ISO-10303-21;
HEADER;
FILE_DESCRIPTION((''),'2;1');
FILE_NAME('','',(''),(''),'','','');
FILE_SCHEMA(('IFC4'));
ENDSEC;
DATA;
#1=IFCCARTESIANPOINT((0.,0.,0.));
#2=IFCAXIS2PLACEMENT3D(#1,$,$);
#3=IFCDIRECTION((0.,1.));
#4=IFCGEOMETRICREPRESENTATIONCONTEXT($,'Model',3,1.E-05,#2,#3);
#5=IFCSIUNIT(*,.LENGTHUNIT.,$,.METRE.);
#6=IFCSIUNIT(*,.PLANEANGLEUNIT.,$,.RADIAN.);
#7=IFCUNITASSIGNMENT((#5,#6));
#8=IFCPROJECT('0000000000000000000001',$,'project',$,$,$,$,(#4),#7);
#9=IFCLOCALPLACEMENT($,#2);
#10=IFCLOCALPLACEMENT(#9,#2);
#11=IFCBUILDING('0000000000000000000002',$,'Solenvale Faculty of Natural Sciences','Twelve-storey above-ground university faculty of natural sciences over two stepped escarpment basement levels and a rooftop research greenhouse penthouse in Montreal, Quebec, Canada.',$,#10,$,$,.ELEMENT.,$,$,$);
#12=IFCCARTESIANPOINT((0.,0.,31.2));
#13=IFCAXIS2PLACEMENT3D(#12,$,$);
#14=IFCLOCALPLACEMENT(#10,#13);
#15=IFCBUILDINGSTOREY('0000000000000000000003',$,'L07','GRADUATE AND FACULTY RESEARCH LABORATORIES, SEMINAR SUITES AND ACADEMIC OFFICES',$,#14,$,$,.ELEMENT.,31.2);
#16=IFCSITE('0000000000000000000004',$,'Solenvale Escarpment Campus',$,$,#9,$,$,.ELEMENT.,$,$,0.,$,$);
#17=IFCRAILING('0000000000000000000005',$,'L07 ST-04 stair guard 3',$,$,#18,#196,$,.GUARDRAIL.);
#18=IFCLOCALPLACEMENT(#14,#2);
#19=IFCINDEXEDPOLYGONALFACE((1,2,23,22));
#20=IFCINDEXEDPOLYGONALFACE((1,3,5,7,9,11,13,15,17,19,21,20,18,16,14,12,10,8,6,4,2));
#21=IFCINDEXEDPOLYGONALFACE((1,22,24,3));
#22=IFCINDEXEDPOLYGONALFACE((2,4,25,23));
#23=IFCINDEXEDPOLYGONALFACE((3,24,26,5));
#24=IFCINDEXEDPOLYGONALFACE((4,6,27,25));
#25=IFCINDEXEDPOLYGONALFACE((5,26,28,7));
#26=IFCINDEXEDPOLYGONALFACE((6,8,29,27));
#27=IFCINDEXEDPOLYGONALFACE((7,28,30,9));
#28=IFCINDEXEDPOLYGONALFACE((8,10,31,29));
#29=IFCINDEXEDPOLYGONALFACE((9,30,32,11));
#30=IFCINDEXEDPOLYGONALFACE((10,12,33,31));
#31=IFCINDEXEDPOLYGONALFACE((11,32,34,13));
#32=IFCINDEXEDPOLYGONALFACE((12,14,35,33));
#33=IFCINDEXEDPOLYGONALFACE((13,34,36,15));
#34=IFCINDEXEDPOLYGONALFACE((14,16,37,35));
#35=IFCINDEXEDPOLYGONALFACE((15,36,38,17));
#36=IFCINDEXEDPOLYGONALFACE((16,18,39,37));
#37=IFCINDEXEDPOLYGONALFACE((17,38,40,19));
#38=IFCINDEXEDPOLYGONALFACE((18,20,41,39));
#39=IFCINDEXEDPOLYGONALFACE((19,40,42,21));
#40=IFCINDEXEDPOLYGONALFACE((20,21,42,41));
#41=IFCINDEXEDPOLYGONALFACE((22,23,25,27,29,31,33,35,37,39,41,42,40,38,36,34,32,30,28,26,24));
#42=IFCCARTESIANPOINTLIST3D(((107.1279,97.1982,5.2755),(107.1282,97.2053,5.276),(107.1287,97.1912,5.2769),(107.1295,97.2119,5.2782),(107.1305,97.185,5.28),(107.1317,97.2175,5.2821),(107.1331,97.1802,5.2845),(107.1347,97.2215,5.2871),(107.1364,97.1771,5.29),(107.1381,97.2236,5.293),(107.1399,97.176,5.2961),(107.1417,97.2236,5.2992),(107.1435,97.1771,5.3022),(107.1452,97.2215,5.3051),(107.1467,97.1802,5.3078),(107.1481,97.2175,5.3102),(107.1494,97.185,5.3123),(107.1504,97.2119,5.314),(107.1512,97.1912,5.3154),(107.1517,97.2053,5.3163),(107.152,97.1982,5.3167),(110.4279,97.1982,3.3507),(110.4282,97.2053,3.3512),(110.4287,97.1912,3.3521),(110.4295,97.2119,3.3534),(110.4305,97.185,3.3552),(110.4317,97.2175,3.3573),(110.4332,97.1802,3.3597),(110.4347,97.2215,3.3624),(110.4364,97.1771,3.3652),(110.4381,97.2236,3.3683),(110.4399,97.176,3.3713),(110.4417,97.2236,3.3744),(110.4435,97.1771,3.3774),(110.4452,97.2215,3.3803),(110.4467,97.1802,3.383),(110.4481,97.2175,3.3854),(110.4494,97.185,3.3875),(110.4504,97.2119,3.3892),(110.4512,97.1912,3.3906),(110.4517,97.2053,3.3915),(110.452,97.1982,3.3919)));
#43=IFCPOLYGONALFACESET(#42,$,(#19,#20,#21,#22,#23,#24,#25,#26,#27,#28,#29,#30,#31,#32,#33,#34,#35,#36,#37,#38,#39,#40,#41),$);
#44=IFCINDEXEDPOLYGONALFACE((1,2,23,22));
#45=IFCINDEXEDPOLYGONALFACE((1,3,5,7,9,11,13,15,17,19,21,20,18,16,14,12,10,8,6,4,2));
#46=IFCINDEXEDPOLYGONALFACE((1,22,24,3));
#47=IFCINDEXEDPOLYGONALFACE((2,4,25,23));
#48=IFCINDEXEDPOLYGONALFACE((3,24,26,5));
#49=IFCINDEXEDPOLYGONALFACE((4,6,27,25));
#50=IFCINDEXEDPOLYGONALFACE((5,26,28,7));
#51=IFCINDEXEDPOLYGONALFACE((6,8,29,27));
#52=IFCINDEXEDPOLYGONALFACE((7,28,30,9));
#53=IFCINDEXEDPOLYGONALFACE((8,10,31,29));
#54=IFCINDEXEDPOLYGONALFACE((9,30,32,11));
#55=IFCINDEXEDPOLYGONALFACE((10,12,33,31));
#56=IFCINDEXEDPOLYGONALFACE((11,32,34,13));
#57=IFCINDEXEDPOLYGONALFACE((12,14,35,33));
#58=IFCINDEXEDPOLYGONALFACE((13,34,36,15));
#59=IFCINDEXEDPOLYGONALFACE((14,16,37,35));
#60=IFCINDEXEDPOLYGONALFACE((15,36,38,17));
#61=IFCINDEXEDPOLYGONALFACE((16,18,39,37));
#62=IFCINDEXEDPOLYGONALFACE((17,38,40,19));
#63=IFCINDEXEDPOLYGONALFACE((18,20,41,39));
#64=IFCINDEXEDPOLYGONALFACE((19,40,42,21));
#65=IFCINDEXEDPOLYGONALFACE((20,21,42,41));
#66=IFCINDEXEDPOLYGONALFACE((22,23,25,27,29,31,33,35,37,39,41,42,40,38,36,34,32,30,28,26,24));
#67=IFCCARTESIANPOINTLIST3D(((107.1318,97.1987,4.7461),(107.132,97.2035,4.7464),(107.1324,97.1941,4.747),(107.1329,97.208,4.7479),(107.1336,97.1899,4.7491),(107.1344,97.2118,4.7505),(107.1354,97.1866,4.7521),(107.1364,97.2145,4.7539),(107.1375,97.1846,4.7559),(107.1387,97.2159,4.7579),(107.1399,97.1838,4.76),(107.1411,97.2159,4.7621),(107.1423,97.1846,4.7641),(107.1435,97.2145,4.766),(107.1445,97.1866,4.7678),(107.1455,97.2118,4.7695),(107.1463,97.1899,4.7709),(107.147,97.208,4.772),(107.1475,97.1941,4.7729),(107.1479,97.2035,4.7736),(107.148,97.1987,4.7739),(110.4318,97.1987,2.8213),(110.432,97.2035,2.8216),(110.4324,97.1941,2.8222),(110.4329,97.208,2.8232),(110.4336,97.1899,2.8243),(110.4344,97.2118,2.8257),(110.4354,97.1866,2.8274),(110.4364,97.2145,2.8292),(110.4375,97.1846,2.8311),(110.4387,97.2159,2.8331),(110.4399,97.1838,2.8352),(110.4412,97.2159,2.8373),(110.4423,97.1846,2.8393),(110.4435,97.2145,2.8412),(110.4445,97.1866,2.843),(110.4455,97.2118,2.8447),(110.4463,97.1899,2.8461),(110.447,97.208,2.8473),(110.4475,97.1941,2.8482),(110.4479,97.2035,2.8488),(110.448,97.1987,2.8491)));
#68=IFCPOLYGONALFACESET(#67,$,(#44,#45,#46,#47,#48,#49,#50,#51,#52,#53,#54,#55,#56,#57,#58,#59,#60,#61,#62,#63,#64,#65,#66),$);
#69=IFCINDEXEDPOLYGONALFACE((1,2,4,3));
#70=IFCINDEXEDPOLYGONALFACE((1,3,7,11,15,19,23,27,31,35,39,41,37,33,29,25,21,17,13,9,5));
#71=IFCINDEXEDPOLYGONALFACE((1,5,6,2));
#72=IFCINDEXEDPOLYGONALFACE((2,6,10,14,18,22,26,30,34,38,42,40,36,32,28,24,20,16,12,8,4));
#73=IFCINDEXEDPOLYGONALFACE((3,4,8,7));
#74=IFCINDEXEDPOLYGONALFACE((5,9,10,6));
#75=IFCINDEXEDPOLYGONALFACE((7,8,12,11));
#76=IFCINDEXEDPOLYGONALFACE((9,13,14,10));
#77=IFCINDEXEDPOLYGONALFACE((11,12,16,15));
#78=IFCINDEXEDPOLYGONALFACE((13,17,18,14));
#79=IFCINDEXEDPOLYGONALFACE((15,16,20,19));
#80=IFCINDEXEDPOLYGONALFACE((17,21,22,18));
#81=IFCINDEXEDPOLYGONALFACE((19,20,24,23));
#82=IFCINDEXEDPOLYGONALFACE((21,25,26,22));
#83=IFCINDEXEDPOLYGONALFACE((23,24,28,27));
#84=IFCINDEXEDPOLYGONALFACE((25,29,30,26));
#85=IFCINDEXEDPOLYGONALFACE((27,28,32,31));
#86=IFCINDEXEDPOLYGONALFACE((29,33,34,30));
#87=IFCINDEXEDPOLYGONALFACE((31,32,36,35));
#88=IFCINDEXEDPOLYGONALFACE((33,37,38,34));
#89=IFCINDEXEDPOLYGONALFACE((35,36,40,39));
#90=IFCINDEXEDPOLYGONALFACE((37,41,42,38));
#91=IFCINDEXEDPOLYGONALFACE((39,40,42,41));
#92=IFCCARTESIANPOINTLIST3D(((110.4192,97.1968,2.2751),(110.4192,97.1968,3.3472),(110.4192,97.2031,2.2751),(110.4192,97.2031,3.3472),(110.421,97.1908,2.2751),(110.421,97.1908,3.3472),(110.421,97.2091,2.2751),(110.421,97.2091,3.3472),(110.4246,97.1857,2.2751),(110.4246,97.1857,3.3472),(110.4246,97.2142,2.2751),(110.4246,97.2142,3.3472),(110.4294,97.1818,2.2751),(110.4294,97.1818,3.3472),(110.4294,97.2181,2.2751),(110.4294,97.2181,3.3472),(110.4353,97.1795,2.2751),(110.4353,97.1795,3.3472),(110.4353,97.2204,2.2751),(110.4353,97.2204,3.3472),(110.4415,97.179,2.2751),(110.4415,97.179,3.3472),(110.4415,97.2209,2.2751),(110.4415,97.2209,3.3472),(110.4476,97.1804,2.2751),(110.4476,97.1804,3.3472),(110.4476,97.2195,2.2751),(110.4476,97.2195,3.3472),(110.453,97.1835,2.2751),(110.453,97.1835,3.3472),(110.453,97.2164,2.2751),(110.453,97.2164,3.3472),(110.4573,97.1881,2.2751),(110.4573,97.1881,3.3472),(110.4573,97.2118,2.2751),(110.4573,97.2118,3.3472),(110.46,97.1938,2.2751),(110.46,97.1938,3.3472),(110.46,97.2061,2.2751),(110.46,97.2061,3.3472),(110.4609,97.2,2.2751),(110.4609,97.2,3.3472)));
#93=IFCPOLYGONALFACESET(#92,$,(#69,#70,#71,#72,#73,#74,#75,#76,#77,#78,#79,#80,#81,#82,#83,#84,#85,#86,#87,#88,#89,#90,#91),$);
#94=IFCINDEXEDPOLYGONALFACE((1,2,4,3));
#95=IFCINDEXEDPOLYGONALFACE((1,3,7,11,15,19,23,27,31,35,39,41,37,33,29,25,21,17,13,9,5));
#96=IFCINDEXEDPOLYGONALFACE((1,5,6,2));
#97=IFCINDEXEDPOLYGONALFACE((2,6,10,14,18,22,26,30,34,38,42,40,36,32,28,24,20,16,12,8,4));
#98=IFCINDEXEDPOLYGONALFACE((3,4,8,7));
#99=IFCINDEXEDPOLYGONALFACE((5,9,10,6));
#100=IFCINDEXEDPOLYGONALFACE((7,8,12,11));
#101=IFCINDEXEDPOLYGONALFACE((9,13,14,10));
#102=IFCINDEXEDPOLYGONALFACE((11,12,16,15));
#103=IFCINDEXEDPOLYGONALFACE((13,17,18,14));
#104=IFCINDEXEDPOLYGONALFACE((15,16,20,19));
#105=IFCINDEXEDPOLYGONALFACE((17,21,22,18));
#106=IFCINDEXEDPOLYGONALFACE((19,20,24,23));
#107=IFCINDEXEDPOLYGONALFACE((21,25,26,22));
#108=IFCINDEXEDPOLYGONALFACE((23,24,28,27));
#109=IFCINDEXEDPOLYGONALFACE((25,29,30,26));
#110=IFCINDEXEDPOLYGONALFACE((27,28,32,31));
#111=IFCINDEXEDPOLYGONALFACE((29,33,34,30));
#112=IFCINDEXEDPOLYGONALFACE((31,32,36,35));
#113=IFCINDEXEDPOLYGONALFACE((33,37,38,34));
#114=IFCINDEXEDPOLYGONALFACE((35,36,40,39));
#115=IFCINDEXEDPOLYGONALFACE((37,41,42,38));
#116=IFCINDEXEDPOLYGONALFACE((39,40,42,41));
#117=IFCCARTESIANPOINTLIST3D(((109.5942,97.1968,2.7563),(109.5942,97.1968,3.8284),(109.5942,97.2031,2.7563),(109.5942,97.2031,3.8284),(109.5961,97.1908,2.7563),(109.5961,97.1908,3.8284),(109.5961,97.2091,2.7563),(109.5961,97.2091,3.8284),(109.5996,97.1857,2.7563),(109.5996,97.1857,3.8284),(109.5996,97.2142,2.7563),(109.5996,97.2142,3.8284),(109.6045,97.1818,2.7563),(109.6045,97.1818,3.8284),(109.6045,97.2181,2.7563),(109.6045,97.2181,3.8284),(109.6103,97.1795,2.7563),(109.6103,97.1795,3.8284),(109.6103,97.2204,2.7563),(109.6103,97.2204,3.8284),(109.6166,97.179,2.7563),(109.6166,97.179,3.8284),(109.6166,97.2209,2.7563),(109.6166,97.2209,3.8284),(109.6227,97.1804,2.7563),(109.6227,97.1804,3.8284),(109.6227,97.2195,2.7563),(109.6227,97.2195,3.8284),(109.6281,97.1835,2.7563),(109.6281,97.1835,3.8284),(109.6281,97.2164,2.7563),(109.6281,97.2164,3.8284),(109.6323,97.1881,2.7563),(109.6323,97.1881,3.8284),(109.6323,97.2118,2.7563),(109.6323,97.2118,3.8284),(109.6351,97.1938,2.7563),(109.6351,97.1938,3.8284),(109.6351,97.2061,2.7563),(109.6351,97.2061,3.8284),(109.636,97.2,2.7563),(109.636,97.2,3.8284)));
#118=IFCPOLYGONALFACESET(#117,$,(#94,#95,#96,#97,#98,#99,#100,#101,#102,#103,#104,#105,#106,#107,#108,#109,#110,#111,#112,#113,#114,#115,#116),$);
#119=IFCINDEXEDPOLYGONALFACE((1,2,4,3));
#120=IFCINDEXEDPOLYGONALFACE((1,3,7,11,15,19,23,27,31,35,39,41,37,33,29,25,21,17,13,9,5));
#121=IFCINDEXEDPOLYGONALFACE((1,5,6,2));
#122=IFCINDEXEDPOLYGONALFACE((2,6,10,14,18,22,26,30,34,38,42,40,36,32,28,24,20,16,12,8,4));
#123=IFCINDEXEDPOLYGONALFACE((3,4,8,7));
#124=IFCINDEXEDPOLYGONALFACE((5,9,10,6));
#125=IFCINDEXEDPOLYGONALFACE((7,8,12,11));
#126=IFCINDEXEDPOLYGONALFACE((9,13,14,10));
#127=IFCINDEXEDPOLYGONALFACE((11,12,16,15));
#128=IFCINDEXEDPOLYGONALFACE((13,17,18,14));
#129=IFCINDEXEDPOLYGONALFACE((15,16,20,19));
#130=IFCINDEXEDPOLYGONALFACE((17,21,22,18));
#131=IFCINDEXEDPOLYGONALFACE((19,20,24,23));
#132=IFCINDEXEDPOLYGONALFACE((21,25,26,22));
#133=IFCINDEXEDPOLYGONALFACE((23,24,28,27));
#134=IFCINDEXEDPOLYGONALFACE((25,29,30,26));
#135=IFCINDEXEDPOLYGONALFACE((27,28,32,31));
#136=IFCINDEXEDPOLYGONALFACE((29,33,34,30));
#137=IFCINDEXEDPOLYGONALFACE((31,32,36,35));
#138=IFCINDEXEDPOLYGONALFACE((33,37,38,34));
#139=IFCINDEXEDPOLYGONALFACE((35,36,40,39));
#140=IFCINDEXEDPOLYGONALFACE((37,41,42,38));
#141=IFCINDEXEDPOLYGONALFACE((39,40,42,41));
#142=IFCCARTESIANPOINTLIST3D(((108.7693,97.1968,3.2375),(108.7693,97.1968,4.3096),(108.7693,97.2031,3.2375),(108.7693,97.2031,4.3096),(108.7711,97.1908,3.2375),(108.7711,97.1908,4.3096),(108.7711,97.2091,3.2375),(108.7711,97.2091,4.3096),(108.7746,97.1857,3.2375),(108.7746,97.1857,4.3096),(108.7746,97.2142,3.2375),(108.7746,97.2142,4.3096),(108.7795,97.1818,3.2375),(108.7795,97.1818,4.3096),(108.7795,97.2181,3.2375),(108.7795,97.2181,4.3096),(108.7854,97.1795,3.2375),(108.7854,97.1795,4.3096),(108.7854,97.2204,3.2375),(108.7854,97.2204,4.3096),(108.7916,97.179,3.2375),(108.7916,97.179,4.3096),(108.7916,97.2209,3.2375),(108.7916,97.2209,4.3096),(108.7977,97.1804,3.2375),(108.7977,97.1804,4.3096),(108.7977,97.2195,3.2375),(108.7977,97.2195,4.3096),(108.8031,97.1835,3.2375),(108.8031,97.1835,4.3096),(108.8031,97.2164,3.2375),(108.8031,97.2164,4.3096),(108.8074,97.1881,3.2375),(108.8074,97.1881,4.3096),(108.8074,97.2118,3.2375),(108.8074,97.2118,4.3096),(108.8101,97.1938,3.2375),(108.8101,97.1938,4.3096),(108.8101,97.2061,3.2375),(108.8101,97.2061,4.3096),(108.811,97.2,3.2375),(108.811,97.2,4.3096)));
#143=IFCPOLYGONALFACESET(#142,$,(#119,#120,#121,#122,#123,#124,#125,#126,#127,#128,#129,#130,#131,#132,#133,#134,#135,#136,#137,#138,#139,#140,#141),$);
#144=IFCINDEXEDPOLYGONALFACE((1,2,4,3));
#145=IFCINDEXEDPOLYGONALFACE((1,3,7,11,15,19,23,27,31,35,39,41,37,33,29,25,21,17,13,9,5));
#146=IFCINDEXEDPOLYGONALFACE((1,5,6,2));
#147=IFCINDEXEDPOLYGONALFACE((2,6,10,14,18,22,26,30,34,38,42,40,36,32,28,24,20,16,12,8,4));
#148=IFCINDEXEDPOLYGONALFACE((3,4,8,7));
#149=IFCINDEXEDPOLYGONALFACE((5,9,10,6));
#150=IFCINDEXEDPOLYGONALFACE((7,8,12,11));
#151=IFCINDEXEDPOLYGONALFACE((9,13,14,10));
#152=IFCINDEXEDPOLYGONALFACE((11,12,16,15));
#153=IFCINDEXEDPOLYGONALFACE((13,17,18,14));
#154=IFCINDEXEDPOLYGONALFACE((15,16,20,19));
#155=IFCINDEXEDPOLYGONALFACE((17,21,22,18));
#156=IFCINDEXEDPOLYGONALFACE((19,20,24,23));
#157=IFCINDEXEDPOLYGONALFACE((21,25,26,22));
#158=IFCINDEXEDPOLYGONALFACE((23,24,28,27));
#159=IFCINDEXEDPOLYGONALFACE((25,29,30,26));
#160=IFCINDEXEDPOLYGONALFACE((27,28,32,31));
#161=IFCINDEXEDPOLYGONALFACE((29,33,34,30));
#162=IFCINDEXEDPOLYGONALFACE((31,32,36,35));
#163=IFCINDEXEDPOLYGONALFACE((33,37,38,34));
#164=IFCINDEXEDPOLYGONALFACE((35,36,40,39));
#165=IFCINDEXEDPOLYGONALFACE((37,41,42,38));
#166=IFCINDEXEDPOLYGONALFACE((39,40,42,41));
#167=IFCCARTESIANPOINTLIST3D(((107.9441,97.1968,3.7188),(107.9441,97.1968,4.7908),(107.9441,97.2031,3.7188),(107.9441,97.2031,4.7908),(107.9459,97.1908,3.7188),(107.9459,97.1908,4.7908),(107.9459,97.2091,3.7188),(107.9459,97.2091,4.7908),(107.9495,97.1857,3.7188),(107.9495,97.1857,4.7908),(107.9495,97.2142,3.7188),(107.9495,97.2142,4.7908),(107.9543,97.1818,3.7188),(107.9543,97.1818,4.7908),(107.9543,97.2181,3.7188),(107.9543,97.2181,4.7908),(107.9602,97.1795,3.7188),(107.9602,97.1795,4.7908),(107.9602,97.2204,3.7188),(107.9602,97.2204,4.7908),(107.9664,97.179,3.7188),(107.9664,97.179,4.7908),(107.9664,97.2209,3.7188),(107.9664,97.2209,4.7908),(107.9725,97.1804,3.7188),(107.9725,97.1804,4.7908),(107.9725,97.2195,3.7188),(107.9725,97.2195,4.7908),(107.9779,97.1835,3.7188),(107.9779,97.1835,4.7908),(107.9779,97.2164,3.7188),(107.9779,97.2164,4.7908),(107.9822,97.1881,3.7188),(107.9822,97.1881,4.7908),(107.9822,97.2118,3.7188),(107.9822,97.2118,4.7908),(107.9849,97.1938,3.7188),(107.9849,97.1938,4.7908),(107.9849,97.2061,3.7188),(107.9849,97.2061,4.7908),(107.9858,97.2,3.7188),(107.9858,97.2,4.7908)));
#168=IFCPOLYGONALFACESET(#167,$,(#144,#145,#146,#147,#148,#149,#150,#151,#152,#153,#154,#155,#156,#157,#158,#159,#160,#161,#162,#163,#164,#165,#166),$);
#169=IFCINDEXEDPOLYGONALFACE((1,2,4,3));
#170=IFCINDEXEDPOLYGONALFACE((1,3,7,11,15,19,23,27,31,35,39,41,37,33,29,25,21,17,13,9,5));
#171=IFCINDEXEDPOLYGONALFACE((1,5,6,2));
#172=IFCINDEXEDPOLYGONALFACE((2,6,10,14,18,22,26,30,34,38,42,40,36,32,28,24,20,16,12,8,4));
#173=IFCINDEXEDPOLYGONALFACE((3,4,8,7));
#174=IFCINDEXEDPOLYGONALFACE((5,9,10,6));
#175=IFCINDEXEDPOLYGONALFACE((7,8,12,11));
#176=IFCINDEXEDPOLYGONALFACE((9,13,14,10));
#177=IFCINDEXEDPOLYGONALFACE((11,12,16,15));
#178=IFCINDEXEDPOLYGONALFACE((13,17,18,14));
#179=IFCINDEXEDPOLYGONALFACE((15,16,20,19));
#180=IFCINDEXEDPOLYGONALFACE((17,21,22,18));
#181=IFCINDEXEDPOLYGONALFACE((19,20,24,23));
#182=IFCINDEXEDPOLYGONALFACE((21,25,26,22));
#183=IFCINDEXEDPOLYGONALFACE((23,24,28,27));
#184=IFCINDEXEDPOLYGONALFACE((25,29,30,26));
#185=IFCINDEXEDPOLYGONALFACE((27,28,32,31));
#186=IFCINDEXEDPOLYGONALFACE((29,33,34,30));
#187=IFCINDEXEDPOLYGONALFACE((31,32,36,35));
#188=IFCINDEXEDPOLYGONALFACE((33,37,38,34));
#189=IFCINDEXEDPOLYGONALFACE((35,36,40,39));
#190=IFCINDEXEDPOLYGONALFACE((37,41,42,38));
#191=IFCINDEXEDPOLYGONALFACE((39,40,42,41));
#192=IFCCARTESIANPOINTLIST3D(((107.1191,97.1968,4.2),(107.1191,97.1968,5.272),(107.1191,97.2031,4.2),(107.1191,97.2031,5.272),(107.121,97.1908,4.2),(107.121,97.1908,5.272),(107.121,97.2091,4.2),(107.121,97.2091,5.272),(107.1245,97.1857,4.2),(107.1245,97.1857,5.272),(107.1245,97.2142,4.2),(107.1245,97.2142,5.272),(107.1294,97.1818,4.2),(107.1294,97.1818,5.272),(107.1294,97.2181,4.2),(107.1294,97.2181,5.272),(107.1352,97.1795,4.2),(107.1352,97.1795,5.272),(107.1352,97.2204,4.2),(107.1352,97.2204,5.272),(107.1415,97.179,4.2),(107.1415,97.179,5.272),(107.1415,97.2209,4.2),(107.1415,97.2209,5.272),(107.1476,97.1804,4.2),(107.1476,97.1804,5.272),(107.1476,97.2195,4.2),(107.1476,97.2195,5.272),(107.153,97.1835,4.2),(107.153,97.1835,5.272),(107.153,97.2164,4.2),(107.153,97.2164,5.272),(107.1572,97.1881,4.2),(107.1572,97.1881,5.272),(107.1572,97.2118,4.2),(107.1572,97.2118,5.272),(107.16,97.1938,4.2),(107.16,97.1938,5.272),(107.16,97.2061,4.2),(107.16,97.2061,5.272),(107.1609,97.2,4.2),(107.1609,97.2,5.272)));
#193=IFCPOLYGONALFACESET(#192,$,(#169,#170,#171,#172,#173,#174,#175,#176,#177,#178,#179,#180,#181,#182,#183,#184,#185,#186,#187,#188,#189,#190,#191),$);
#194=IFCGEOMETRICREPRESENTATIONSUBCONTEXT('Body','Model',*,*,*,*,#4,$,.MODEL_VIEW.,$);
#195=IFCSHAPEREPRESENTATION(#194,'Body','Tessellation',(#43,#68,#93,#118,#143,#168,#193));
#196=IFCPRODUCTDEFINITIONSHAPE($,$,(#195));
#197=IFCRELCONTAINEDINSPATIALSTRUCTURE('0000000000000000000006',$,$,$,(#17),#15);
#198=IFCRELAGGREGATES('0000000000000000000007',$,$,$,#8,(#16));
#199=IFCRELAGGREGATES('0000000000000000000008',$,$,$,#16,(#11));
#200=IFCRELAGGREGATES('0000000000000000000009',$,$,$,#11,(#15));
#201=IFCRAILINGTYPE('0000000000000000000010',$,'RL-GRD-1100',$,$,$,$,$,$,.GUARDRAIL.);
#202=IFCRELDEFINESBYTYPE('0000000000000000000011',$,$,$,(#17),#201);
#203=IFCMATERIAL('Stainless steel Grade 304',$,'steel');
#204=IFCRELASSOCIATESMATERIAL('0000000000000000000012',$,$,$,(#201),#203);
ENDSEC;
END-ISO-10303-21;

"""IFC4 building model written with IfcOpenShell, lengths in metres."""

from ifc_helpers import new_model, si_unit, direction, frame, origin, origin_2d, place, context, subcontext, project, spatial, circle, extrude, material, type_object, element, save


model = new_model("IFC4")

# Units and contexts
model_context = context("Model", 3, precision=1e-05, world=origin(), true_north=direction((0.0, 1.0)))
body_context = subcontext(model_context, "Body", "Model", "MODEL_VIEW")
ifc_project = project(units=[si_unit("LENGTHUNIT", "METRE"), si_unit("PLANEANGLEUNIT", "RADIAN")], contexts=[model_context])

# Site, building, storey
site_placement = place(None, origin())
site = spatial("IfcSite", under=ifc_project, at=site_placement, Name="Solenvale Escarpment Campus", CompositionType="ELEMENT", RefElevation=0.0)
building_placement = place(site_placement, origin())
building = spatial("IfcBuilding", under=site, at=building_placement, Name="Solenvale Faculty of Natural Sciences", Description="Twelve-storey above-ground university faculty of natural sciences over two stepped escarpment basement levels and a rooftop research greenhouse penthouse in Montreal, Quebec, Canada.", CompositionType="ELEMENT")
storey_placement = place(building_placement, frame((0.0, 0.0, 31.2)))
storey = spatial("IfcBuildingStorey", under=building, at=storey_placement, Name="L07", Description="GRADUATE AND FACULTY RESEARCH LABORATORIES, SEMINAR SUITES AND ACADEMIC OFFICES", CompositionType="ELEMENT", Elevation=31.2)

# Railing
ifc_material_1 = material(Name="Stainless steel Grade 304", Category="steel")
railing_type_1 = type_object("IfcRailingType", Name="RL-GRD-1100", PredefinedType="GUARDRAIL", material=ifc_material_1)
railing_1_placement = place(storey_placement, frame((110.4399, 97.2, 2.2751)))
element("IfcRailing", 1, at=railing_1_placement, inside=storey, type_object=railing_type_1, Name="L07 ST-04 stair guard 3", PredefinedType="GUARDRAIL", context=body_context, shape_type="SweptSolid", body=[
    extrude(circle(Radius=0.0239, at=origin_2d()), frame((0.0, 0.0, 1.0962), z_axis=(-0.863804, 0.0, 0.503827), x_axis=(0.0, -1.0, 0.0)), (0.0, 0.0, 1.0), 3.8203),
    extrude(circle(Radius=0.0161, at=origin_2d()), frame((0.0, 0.0, 0.5601), z_axis=(-0.863804, 0.0, 0.503827), x_axis=(0.0, -1.0, 0.0)), (0.0, 0.0, 1.0), 3.8203),
    extrude(circle(Radius=0.021, at=origin_2d()), origin(), (0.0, 0.0, 1.0), 1.072),
    extrude(circle(Radius=0.021, at=origin_2d()), frame((-0.825, 0.0, 0.4812)), (0.0, 0.0, 1.0), 1.072),
    extrude(circle(Radius=0.021, at=origin_2d()), frame((-1.6499, 0.0, 0.9624)), (0.0, 0.0, 1.0), 1.072),
    extrude(circle(Radius=0.021, at=origin_2d()), frame((-2.4751, 0.0, 1.4436)), (0.0, 0.0, 1.0), 1.072),
    extrude(circle(Radius=0.021, at=origin_2d()), frame((-3.3, 0.0, 1.9248)), (0.0, 0.0, 1.0), 1.072),
])

save(model, "model.ifc")
